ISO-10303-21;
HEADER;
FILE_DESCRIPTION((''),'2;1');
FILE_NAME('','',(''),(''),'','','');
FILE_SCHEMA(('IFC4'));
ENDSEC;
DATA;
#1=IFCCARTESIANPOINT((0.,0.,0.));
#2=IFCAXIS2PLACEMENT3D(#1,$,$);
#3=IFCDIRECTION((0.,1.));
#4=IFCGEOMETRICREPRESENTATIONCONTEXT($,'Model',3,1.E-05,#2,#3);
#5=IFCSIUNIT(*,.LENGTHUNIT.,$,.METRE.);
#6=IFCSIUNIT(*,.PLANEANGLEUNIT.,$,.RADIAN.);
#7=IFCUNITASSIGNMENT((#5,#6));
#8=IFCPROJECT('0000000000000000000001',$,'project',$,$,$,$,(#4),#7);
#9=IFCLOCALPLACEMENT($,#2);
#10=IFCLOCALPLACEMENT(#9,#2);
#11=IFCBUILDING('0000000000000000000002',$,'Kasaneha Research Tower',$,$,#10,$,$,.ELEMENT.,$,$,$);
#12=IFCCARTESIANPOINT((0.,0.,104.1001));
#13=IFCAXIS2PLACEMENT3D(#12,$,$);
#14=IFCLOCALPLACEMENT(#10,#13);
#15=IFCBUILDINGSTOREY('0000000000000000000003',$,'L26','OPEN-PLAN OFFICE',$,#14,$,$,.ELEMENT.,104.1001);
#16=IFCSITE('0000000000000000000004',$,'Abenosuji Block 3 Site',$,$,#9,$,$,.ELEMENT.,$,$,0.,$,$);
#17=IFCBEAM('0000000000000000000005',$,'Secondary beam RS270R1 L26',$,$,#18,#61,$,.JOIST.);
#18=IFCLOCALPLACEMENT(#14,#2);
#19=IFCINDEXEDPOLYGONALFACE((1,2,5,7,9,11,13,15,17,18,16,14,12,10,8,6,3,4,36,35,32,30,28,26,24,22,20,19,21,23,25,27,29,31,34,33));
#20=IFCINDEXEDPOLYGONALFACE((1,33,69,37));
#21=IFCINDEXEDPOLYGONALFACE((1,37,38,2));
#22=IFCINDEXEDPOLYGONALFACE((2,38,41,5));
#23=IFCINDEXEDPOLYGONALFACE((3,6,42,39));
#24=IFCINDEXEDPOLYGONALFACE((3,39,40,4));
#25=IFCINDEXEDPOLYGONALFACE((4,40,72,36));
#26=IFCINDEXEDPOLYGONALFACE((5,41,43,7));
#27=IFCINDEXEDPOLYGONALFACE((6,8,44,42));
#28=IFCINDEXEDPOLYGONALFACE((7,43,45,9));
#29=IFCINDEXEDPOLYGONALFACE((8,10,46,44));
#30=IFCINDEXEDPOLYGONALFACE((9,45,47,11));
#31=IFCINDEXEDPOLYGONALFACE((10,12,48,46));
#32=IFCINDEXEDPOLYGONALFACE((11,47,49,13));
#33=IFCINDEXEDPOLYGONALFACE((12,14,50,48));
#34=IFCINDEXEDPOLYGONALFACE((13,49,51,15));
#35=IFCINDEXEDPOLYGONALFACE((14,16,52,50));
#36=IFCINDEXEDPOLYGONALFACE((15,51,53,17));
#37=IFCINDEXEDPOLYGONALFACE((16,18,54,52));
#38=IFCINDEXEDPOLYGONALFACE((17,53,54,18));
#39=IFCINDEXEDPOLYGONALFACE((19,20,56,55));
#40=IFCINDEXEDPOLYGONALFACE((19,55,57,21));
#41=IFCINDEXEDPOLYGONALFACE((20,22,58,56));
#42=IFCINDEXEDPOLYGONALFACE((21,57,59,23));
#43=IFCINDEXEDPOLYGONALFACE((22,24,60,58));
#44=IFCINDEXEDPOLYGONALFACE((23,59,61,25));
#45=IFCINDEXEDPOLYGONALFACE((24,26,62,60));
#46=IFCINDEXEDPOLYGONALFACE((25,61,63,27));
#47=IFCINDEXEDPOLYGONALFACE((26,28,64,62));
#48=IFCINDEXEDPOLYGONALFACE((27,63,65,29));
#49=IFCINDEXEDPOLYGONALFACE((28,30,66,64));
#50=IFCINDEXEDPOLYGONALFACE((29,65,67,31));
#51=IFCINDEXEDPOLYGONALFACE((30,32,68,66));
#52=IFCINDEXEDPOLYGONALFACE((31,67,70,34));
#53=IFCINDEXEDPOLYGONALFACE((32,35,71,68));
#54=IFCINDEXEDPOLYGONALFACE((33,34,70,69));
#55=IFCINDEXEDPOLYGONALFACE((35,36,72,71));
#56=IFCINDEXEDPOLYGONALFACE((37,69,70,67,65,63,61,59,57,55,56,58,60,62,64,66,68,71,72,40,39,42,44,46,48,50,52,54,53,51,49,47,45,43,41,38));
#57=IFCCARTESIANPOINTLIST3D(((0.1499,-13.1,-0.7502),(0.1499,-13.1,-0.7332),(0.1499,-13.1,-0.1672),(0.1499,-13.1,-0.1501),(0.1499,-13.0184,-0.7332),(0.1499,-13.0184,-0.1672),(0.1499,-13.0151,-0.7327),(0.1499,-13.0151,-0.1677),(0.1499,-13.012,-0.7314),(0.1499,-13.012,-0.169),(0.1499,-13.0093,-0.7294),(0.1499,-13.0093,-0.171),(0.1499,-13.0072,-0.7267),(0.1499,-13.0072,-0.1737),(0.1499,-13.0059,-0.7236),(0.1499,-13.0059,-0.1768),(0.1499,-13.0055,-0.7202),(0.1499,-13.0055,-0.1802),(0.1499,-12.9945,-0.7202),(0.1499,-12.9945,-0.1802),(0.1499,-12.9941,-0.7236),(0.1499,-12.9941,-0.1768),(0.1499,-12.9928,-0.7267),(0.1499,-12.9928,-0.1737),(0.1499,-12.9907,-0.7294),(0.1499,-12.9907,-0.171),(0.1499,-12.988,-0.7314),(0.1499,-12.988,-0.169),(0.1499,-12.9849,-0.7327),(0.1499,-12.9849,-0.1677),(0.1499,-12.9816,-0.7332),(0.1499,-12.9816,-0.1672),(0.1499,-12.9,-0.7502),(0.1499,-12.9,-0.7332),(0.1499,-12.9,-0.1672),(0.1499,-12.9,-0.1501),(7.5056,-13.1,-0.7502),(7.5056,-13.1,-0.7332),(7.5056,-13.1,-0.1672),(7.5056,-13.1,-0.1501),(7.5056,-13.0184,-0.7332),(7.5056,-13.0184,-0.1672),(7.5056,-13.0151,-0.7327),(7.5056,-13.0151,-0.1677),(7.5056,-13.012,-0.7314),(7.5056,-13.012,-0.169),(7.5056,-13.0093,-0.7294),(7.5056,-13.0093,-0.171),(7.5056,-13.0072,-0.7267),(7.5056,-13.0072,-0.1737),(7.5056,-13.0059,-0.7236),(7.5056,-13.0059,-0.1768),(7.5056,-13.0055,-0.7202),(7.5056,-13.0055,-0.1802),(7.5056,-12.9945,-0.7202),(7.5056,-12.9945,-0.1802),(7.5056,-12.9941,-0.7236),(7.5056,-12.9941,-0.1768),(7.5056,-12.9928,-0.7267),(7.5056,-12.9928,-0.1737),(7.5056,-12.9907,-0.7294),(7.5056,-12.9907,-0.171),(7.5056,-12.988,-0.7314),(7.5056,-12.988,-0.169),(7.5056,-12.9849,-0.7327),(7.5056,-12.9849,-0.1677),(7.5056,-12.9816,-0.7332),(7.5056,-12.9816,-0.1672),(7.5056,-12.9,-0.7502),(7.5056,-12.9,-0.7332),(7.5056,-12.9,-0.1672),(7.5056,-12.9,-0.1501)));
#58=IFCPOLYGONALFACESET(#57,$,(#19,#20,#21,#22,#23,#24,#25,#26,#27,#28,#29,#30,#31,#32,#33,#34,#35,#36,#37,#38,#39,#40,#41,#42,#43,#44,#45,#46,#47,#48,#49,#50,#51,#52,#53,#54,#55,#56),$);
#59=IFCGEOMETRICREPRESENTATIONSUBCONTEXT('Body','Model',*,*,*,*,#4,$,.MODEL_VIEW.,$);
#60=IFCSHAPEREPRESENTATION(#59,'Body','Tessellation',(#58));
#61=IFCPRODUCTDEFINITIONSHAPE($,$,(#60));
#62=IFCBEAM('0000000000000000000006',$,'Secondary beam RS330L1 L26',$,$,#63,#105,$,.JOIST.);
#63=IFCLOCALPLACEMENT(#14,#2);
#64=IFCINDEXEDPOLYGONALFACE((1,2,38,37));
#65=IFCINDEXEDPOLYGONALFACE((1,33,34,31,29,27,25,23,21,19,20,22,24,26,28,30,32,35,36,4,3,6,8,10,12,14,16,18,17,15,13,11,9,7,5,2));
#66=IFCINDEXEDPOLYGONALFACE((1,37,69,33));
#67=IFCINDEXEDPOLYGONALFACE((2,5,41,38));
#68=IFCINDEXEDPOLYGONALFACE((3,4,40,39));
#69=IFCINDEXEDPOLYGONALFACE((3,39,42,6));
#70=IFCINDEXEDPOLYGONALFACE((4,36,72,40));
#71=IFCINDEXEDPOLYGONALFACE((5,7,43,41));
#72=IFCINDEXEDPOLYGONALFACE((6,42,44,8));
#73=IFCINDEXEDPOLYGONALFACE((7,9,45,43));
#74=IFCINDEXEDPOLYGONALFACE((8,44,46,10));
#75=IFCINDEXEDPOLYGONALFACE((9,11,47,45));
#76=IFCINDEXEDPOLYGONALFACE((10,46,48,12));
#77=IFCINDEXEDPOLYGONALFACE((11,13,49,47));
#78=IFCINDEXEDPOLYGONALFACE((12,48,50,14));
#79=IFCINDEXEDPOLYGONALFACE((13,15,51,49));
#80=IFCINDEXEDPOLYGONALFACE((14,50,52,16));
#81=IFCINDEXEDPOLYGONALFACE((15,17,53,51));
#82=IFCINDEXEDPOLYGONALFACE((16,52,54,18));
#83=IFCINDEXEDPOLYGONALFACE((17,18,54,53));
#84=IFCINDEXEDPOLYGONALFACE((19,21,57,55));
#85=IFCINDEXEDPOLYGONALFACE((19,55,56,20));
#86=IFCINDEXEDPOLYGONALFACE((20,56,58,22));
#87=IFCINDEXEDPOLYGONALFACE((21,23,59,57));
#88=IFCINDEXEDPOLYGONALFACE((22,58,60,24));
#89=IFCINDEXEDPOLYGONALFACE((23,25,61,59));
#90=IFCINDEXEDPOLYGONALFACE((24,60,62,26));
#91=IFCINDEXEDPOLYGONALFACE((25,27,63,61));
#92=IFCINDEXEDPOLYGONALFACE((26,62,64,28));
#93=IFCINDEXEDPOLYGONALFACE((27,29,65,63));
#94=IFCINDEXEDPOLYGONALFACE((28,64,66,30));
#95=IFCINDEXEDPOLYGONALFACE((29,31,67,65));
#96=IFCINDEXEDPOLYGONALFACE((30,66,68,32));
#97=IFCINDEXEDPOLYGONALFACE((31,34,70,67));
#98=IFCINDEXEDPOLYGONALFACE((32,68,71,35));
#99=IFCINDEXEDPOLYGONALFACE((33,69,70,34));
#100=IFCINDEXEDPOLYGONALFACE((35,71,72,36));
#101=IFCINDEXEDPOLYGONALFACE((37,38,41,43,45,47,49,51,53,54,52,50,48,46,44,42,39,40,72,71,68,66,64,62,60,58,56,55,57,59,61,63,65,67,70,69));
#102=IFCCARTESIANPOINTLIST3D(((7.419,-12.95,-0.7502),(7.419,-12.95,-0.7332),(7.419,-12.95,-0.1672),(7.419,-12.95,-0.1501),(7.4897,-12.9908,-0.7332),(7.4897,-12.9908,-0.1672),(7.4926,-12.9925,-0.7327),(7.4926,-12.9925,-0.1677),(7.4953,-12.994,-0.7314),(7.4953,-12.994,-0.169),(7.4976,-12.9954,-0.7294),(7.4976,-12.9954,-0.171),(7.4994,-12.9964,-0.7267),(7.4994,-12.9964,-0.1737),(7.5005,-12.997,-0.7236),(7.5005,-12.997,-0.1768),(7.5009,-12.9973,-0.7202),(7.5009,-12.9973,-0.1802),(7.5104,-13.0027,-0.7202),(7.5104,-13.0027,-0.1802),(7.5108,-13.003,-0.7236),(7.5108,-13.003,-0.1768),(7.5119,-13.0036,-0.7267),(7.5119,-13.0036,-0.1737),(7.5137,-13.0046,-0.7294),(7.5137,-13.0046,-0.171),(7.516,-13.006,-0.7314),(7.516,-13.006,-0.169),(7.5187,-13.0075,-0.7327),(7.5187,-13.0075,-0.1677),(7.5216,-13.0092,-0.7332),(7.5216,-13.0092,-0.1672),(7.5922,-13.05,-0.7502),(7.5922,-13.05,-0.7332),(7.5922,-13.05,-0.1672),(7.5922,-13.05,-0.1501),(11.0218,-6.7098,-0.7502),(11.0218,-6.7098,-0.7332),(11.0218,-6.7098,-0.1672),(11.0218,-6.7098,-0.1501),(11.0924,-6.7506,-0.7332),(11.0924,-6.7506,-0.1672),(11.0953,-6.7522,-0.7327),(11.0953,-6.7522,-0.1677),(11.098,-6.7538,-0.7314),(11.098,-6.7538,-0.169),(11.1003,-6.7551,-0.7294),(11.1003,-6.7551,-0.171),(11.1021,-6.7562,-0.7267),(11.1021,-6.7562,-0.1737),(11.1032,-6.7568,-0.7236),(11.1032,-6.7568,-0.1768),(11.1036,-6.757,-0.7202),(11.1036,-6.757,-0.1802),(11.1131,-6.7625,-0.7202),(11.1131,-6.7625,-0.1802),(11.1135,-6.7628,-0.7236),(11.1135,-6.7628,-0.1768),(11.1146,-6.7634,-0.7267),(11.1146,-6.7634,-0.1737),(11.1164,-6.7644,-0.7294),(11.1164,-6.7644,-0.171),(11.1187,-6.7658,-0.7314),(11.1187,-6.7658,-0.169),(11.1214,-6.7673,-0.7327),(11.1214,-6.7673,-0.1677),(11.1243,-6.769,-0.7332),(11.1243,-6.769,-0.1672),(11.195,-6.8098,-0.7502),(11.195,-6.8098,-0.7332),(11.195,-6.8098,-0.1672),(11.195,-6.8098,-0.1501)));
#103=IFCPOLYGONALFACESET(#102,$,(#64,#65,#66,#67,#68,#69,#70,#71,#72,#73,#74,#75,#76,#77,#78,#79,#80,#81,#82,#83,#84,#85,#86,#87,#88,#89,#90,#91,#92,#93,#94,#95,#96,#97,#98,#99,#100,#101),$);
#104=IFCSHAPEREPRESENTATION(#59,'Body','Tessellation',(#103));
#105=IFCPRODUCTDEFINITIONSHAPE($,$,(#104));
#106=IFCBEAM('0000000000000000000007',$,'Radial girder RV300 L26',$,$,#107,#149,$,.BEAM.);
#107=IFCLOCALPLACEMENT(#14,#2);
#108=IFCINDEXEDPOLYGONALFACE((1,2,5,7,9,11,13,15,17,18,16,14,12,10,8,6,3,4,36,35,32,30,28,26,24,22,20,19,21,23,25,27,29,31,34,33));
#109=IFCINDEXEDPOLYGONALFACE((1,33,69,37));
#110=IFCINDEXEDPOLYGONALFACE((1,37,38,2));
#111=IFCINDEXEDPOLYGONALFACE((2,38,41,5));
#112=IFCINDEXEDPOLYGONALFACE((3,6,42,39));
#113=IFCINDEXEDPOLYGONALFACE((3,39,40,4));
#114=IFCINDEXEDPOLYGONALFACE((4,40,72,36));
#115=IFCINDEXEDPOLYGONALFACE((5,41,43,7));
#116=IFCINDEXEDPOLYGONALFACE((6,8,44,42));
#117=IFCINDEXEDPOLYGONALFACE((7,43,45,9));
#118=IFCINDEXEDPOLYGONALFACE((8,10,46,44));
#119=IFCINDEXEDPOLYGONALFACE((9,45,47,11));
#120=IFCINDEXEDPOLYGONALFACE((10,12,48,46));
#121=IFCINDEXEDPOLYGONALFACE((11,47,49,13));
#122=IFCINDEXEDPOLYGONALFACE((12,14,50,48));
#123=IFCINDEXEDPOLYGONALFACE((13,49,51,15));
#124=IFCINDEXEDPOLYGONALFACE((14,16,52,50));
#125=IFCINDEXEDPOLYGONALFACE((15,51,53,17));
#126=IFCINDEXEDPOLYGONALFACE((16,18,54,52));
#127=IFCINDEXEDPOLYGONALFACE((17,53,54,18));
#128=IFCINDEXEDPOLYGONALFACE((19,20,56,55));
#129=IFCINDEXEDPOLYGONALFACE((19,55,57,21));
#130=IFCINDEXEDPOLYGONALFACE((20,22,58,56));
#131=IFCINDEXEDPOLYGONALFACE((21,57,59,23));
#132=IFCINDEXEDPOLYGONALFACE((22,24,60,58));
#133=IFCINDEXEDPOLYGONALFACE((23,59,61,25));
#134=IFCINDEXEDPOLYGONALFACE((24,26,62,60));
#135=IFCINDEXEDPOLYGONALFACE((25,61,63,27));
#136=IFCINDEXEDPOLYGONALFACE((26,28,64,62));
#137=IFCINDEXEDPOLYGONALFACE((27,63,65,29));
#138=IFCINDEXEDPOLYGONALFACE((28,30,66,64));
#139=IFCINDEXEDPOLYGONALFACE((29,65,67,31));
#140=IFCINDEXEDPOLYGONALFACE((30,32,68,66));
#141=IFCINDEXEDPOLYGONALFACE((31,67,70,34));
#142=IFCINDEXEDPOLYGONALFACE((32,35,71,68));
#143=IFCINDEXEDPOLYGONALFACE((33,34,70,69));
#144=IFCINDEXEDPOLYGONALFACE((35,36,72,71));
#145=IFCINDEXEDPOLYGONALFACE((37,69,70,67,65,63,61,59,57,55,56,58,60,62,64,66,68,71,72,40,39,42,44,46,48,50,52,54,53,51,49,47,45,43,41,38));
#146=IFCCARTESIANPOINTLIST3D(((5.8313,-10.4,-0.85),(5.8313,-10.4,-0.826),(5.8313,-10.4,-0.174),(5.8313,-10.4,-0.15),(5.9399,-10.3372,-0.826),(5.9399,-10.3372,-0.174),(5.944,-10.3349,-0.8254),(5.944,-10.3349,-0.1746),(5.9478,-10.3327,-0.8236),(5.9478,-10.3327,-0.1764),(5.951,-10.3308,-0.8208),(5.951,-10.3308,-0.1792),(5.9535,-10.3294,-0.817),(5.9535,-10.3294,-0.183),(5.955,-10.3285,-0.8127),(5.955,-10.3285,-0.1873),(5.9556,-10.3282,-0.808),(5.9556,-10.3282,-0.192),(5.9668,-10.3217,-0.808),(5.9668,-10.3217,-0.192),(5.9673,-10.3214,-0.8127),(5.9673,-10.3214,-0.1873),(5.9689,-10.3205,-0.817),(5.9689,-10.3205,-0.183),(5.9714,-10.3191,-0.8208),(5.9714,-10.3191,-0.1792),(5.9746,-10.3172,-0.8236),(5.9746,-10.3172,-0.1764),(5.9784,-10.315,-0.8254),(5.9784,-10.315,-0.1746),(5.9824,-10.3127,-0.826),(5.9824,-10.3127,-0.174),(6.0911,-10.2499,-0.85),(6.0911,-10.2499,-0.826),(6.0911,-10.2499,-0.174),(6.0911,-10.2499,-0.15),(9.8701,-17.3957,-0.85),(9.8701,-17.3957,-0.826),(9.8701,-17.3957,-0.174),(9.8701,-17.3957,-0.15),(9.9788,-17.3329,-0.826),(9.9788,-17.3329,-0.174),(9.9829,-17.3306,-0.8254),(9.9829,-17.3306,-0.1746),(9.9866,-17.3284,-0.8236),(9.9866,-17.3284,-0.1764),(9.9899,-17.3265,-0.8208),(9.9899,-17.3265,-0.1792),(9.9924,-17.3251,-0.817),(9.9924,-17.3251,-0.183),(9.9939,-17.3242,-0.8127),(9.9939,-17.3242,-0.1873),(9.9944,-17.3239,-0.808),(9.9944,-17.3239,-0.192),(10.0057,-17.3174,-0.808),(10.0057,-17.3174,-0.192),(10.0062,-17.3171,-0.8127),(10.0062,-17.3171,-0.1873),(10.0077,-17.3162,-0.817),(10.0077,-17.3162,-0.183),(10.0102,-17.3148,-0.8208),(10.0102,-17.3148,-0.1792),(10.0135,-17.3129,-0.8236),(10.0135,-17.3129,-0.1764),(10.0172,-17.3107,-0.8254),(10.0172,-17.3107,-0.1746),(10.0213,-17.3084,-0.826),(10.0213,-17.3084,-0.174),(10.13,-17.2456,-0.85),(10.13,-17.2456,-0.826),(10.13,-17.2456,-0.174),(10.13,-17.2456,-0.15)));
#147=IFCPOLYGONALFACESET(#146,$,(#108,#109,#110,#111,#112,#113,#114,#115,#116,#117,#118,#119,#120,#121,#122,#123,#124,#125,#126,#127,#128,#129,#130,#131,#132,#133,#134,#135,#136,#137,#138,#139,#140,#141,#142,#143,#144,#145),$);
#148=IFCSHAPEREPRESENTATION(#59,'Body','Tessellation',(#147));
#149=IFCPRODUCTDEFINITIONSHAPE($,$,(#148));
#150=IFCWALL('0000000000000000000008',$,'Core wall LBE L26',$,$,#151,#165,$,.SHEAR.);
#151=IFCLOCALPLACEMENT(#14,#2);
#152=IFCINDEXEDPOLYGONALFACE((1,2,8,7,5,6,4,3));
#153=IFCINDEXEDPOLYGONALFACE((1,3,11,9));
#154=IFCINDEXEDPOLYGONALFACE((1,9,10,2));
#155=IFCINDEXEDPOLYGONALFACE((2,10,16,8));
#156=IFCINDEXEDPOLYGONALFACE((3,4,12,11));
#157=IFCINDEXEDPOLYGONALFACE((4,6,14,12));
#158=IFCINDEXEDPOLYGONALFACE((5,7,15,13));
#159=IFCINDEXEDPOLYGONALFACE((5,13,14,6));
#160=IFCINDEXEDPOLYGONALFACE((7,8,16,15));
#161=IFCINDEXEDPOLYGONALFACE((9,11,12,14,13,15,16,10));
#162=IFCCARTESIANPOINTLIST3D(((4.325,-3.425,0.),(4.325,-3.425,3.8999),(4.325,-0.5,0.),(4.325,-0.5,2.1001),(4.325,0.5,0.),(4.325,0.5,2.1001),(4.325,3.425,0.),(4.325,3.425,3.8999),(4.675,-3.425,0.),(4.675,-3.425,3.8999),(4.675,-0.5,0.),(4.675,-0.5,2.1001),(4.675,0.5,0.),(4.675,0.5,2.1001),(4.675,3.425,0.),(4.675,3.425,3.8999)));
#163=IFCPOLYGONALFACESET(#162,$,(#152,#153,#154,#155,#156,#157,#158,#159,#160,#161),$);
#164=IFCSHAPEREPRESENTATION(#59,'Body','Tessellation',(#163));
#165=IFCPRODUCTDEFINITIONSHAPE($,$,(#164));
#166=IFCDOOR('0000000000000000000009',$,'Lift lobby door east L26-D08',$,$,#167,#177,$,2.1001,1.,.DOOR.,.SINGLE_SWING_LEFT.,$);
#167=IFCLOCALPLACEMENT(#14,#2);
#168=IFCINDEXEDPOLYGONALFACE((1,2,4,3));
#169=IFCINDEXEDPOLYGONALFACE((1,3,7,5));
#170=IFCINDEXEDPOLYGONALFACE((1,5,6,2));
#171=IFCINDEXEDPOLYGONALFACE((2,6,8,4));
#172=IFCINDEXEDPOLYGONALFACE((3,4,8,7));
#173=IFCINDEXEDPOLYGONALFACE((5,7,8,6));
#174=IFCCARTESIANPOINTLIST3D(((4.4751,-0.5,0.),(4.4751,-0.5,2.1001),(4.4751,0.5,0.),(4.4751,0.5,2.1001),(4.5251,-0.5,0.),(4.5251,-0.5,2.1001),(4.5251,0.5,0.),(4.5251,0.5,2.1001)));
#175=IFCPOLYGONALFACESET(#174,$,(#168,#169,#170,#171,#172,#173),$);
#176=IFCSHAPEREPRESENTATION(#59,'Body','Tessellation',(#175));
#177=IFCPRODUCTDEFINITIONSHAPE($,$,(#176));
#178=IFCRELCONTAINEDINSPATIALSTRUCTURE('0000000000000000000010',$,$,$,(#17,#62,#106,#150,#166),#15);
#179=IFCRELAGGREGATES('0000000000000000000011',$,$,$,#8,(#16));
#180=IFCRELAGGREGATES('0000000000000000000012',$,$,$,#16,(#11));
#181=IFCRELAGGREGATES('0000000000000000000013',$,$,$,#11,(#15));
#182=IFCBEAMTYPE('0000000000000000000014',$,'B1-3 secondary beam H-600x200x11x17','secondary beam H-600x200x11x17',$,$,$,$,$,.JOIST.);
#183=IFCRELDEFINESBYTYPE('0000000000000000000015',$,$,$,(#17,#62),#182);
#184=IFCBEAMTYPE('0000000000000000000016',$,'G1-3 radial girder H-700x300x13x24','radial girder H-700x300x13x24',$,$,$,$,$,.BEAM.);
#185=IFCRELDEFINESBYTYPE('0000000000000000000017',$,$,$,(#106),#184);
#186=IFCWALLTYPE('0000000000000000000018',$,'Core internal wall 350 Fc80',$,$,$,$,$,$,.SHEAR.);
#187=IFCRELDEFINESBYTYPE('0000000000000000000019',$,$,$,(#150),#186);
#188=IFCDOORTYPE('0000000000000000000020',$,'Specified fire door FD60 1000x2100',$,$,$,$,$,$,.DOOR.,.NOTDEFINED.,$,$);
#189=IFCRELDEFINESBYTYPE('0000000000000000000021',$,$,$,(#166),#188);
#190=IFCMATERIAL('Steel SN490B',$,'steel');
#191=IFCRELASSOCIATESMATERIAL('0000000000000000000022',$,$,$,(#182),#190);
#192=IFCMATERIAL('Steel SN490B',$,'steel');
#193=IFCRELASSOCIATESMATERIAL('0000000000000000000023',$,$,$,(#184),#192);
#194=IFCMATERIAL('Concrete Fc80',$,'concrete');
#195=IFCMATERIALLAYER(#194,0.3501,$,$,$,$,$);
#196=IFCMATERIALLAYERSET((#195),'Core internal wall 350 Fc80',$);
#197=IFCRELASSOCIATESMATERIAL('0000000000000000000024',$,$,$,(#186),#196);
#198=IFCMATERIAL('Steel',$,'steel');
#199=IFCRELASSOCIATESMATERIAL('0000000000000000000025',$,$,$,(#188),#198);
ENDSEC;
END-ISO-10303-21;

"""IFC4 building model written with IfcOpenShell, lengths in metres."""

from ifc_helpers import new_model, si_unit, direction, frame, frame_2d, origin, origin_2d, place, context, subcontext, project, spatial, rectangle, i_section, extrude, material, layer, layer_set, material_profile, profile_set, type_object, element, fill, save


model = new_model("IFC4")

# Units and contexts
model_context = context("Model", 3, precision=1e-05, world=origin(), true_north=direction((0.0, 1.0)))
body_context = subcontext(model_context, "Body", "Model", "MODEL_VIEW")
ifc_project = project(units=[si_unit("LENGTHUNIT", "METRE"), si_unit("PLANEANGLEUNIT", "RADIAN")], contexts=[model_context])

# Site, building, storey
site_placement = place(None, origin())
site = spatial("IfcSite", under=ifc_project, at=site_placement, Name="Abenosuji Block 3 Site", CompositionType="ELEMENT", RefElevation=0.0)
building_placement = place(site_placement, origin())
building = spatial("IfcBuilding", under=site, at=building_placement, Name="Kasaneha Research Tower", CompositionType="ELEMENT")
storey_placement = place(building_placement, frame((0.0, 0.0, 104.1001)))
storey = spatial("IfcBuildingStorey", under=building, at=storey_placement, Name="L26", Description="OPEN-PLAN OFFICE", CompositionType="ELEMENT", Elevation=104.1001)

# Beams
ifc_material_1 = material(Name="Steel SN490B", Category="steel")
ifc_material_profile_1 = material_profile(ifc_material_1, i_section(OverallWidth=0.2, OverallDepth=0.6001, WebThickness=0.011, FlangeThickness=0.0171, FilletRadius=0.0129, at=origin_2d()), Name="H-600x200x11x17")
ifc_profile_set_1 = profile_set([ifc_material_profile_1], Name="Steel SN490B")
beam_type_1 = type_object("IfcBeamType", Name="B1-3 secondary beam H-600x200x11x17", Description="secondary beam H-600x200x11x17", PredefinedType="JOIST", material=ifc_profile_set_1)
beam_1_placement = place(storey_placement, frame((7.5056, -13.0, -0.4502), z_axis=(-1.0, 0.0, 0.0), x_axis=(0.0, -1.0, 0.0)))
element("IfcBeam", 1, at=beam_1_placement, inside=storey, type_object=beam_type_1, Name="Secondary beam RS270R1 L26", PredefinedType="JOIST", context=body_context, shape_type="SweptSolid", body=[
    extrude(i_section(OverallWidth=0.2, OverallDepth=0.6001, WebThickness=0.011, FlangeThickness=0.0171, FilletRadius=0.0129, at=origin_2d()), origin(), (0.0, 0.0, 1.0), 7.3557),
])
beam_2_placement = place(storey_placement, frame((7.5056, -13.0, -0.4502), z_axis=(0.499998, 0.866026, 0.0), x_axis=(-0.866026, 0.499998, 0.0)))
element("IfcBeam", 2, at=beam_2_placement, inside=storey, type_object=beam_type_1, Name="Secondary beam RS330L1 L26", PredefinedType="JOIST", context=body_context, shape_type="SweptSolid", body=[
    extrude(i_section(OverallWidth=0.2, OverallDepth=0.6001, WebThickness=0.011, FlangeThickness=0.0171, FilletRadius=0.0129, at=origin_2d()), origin(), (0.0, 0.0, 1.0), 7.2056),
])
ifc_material_2 = material(Name="Steel SN490B", Category="steel")
ifc_material_profile_2 = material_profile(ifc_material_2, i_section(OverallWidth=0.3, OverallDepth=0.7, WebThickness=0.0129, FlangeThickness=0.0239, FilletRadius=0.0181, at=origin_2d()), Name="H-700x300x13x24")
ifc_profile_set_2 = profile_set([ifc_material_profile_2], Name="Steel SN490B")
beam_type_2 = type_object("IfcBeamType", Name="G1-3 radial girder H-700x300x13x24", Description="radial girder H-700x300x13x24", PredefinedType="BEAM", material=ifc_profile_set_2)
beam_3_placement = place(storey_placement, frame((5.9612, -10.325, -0.5), z_axis=(0.499991, -0.866031, 0.0), x_axis=(0.866031, 0.499991, 0.0)))
element("IfcBeam", 3, at=beam_3_placement, inside=storey, type_object=beam_type_2, Name="Radial girder RV300 L26", PredefinedType="BEAM", context=body_context, shape_type="SweptSolid", body=[
    extrude(i_section(OverallWidth=0.3, OverallDepth=0.7, WebThickness=0.0129, FlangeThickness=0.0239, FilletRadius=0.0181, at=origin_2d()), origin(), (0.0, 0.0, 1.0), 8.0779),
])

# Wall, opening, door
ifc_material_3 = material(Name="Concrete Fc80", Category="concrete")
ifc_layer_1 = layer(ifc_material_3, 0.3501)
ifc_layer_set_1 = layer_set([ifc_layer_1], Name="Core internal wall 350 Fc80")
wall_type_1 = type_object("IfcWallType", Name="Core internal wall 350 Fc80", PredefinedType="SHEAR", material=ifc_layer_set_1)
wall_1_placement = place(storey_placement, frame((4.5, -3.425, 0.0), z_axis=(0.0, 0.0, 1.0), x_axis=(0.0, 1.0, 0.0)))
wall_1 = element("IfcWall", 4, at=wall_1_placement, inside=storey, type_object=wall_type_1, Name="Core wall LBE L26", PredefinedType="SHEAR", context=body_context, shape_type="SweptSolid", body=[
    extrude(rectangle(XDim=6.8501, YDim=0.3501, at=frame_2d((3.425, 0.0))), origin(), (0.0, 0.0, 1.0), 3.8999),
])
opening_1_placement = place(wall_1_placement, frame((2.925, 0.0, 0.0)))
opening_1 = element("IfcOpeningElement", 5, at=opening_1_placement, cuts=wall_1, PredefinedType="OPENING", context=body_context, shape_type="SweptSolid", body=[
    extrude(rectangle(XDim=1.0, YDim=2.1001, at=frame_2d((0.5, 1.05))), frame((0.0, 0.1851, 0.0), z_axis=(0.0, -1.0, 0.0), x_axis=(1.0, 0.0, 0.0)), (0.0, 0.0, 1.0), 0.3701),
])
ifc_material_4 = material(Name="Steel", Category="steel")
door_type_1 = type_object("IfcDoorType", Name="Specified fire door FD60 1000x2100", OperationType="NOTDEFINED", PredefinedType="DOOR", material=ifc_material_4)
door_1_placement = place(opening_1_placement, origin())
door_1 = element("IfcDoor", 6, at=door_1_placement, inside=storey, type_object=door_type_1, Name="Lift lobby door east L26-D08", OperationType="SINGLE_SWING_LEFT", OverallHeight=2.1001, OverallWidth=1.0, PredefinedType="DOOR", context=body_context, shape_type="SweptSolid", body=[
    extrude(rectangle(XDim=1.0, YDim=2.1001, at=frame_2d((0.5, 1.05))), frame((0.0, 0.0249, 0.0), z_axis=(0.0, -1.0, 0.0), x_axis=(1.0, 0.0, 0.0)), (0.0, 0.0, 1.0), 0.05),
])
fill(opening_1, door_1)

save(model, "model.ifc")
